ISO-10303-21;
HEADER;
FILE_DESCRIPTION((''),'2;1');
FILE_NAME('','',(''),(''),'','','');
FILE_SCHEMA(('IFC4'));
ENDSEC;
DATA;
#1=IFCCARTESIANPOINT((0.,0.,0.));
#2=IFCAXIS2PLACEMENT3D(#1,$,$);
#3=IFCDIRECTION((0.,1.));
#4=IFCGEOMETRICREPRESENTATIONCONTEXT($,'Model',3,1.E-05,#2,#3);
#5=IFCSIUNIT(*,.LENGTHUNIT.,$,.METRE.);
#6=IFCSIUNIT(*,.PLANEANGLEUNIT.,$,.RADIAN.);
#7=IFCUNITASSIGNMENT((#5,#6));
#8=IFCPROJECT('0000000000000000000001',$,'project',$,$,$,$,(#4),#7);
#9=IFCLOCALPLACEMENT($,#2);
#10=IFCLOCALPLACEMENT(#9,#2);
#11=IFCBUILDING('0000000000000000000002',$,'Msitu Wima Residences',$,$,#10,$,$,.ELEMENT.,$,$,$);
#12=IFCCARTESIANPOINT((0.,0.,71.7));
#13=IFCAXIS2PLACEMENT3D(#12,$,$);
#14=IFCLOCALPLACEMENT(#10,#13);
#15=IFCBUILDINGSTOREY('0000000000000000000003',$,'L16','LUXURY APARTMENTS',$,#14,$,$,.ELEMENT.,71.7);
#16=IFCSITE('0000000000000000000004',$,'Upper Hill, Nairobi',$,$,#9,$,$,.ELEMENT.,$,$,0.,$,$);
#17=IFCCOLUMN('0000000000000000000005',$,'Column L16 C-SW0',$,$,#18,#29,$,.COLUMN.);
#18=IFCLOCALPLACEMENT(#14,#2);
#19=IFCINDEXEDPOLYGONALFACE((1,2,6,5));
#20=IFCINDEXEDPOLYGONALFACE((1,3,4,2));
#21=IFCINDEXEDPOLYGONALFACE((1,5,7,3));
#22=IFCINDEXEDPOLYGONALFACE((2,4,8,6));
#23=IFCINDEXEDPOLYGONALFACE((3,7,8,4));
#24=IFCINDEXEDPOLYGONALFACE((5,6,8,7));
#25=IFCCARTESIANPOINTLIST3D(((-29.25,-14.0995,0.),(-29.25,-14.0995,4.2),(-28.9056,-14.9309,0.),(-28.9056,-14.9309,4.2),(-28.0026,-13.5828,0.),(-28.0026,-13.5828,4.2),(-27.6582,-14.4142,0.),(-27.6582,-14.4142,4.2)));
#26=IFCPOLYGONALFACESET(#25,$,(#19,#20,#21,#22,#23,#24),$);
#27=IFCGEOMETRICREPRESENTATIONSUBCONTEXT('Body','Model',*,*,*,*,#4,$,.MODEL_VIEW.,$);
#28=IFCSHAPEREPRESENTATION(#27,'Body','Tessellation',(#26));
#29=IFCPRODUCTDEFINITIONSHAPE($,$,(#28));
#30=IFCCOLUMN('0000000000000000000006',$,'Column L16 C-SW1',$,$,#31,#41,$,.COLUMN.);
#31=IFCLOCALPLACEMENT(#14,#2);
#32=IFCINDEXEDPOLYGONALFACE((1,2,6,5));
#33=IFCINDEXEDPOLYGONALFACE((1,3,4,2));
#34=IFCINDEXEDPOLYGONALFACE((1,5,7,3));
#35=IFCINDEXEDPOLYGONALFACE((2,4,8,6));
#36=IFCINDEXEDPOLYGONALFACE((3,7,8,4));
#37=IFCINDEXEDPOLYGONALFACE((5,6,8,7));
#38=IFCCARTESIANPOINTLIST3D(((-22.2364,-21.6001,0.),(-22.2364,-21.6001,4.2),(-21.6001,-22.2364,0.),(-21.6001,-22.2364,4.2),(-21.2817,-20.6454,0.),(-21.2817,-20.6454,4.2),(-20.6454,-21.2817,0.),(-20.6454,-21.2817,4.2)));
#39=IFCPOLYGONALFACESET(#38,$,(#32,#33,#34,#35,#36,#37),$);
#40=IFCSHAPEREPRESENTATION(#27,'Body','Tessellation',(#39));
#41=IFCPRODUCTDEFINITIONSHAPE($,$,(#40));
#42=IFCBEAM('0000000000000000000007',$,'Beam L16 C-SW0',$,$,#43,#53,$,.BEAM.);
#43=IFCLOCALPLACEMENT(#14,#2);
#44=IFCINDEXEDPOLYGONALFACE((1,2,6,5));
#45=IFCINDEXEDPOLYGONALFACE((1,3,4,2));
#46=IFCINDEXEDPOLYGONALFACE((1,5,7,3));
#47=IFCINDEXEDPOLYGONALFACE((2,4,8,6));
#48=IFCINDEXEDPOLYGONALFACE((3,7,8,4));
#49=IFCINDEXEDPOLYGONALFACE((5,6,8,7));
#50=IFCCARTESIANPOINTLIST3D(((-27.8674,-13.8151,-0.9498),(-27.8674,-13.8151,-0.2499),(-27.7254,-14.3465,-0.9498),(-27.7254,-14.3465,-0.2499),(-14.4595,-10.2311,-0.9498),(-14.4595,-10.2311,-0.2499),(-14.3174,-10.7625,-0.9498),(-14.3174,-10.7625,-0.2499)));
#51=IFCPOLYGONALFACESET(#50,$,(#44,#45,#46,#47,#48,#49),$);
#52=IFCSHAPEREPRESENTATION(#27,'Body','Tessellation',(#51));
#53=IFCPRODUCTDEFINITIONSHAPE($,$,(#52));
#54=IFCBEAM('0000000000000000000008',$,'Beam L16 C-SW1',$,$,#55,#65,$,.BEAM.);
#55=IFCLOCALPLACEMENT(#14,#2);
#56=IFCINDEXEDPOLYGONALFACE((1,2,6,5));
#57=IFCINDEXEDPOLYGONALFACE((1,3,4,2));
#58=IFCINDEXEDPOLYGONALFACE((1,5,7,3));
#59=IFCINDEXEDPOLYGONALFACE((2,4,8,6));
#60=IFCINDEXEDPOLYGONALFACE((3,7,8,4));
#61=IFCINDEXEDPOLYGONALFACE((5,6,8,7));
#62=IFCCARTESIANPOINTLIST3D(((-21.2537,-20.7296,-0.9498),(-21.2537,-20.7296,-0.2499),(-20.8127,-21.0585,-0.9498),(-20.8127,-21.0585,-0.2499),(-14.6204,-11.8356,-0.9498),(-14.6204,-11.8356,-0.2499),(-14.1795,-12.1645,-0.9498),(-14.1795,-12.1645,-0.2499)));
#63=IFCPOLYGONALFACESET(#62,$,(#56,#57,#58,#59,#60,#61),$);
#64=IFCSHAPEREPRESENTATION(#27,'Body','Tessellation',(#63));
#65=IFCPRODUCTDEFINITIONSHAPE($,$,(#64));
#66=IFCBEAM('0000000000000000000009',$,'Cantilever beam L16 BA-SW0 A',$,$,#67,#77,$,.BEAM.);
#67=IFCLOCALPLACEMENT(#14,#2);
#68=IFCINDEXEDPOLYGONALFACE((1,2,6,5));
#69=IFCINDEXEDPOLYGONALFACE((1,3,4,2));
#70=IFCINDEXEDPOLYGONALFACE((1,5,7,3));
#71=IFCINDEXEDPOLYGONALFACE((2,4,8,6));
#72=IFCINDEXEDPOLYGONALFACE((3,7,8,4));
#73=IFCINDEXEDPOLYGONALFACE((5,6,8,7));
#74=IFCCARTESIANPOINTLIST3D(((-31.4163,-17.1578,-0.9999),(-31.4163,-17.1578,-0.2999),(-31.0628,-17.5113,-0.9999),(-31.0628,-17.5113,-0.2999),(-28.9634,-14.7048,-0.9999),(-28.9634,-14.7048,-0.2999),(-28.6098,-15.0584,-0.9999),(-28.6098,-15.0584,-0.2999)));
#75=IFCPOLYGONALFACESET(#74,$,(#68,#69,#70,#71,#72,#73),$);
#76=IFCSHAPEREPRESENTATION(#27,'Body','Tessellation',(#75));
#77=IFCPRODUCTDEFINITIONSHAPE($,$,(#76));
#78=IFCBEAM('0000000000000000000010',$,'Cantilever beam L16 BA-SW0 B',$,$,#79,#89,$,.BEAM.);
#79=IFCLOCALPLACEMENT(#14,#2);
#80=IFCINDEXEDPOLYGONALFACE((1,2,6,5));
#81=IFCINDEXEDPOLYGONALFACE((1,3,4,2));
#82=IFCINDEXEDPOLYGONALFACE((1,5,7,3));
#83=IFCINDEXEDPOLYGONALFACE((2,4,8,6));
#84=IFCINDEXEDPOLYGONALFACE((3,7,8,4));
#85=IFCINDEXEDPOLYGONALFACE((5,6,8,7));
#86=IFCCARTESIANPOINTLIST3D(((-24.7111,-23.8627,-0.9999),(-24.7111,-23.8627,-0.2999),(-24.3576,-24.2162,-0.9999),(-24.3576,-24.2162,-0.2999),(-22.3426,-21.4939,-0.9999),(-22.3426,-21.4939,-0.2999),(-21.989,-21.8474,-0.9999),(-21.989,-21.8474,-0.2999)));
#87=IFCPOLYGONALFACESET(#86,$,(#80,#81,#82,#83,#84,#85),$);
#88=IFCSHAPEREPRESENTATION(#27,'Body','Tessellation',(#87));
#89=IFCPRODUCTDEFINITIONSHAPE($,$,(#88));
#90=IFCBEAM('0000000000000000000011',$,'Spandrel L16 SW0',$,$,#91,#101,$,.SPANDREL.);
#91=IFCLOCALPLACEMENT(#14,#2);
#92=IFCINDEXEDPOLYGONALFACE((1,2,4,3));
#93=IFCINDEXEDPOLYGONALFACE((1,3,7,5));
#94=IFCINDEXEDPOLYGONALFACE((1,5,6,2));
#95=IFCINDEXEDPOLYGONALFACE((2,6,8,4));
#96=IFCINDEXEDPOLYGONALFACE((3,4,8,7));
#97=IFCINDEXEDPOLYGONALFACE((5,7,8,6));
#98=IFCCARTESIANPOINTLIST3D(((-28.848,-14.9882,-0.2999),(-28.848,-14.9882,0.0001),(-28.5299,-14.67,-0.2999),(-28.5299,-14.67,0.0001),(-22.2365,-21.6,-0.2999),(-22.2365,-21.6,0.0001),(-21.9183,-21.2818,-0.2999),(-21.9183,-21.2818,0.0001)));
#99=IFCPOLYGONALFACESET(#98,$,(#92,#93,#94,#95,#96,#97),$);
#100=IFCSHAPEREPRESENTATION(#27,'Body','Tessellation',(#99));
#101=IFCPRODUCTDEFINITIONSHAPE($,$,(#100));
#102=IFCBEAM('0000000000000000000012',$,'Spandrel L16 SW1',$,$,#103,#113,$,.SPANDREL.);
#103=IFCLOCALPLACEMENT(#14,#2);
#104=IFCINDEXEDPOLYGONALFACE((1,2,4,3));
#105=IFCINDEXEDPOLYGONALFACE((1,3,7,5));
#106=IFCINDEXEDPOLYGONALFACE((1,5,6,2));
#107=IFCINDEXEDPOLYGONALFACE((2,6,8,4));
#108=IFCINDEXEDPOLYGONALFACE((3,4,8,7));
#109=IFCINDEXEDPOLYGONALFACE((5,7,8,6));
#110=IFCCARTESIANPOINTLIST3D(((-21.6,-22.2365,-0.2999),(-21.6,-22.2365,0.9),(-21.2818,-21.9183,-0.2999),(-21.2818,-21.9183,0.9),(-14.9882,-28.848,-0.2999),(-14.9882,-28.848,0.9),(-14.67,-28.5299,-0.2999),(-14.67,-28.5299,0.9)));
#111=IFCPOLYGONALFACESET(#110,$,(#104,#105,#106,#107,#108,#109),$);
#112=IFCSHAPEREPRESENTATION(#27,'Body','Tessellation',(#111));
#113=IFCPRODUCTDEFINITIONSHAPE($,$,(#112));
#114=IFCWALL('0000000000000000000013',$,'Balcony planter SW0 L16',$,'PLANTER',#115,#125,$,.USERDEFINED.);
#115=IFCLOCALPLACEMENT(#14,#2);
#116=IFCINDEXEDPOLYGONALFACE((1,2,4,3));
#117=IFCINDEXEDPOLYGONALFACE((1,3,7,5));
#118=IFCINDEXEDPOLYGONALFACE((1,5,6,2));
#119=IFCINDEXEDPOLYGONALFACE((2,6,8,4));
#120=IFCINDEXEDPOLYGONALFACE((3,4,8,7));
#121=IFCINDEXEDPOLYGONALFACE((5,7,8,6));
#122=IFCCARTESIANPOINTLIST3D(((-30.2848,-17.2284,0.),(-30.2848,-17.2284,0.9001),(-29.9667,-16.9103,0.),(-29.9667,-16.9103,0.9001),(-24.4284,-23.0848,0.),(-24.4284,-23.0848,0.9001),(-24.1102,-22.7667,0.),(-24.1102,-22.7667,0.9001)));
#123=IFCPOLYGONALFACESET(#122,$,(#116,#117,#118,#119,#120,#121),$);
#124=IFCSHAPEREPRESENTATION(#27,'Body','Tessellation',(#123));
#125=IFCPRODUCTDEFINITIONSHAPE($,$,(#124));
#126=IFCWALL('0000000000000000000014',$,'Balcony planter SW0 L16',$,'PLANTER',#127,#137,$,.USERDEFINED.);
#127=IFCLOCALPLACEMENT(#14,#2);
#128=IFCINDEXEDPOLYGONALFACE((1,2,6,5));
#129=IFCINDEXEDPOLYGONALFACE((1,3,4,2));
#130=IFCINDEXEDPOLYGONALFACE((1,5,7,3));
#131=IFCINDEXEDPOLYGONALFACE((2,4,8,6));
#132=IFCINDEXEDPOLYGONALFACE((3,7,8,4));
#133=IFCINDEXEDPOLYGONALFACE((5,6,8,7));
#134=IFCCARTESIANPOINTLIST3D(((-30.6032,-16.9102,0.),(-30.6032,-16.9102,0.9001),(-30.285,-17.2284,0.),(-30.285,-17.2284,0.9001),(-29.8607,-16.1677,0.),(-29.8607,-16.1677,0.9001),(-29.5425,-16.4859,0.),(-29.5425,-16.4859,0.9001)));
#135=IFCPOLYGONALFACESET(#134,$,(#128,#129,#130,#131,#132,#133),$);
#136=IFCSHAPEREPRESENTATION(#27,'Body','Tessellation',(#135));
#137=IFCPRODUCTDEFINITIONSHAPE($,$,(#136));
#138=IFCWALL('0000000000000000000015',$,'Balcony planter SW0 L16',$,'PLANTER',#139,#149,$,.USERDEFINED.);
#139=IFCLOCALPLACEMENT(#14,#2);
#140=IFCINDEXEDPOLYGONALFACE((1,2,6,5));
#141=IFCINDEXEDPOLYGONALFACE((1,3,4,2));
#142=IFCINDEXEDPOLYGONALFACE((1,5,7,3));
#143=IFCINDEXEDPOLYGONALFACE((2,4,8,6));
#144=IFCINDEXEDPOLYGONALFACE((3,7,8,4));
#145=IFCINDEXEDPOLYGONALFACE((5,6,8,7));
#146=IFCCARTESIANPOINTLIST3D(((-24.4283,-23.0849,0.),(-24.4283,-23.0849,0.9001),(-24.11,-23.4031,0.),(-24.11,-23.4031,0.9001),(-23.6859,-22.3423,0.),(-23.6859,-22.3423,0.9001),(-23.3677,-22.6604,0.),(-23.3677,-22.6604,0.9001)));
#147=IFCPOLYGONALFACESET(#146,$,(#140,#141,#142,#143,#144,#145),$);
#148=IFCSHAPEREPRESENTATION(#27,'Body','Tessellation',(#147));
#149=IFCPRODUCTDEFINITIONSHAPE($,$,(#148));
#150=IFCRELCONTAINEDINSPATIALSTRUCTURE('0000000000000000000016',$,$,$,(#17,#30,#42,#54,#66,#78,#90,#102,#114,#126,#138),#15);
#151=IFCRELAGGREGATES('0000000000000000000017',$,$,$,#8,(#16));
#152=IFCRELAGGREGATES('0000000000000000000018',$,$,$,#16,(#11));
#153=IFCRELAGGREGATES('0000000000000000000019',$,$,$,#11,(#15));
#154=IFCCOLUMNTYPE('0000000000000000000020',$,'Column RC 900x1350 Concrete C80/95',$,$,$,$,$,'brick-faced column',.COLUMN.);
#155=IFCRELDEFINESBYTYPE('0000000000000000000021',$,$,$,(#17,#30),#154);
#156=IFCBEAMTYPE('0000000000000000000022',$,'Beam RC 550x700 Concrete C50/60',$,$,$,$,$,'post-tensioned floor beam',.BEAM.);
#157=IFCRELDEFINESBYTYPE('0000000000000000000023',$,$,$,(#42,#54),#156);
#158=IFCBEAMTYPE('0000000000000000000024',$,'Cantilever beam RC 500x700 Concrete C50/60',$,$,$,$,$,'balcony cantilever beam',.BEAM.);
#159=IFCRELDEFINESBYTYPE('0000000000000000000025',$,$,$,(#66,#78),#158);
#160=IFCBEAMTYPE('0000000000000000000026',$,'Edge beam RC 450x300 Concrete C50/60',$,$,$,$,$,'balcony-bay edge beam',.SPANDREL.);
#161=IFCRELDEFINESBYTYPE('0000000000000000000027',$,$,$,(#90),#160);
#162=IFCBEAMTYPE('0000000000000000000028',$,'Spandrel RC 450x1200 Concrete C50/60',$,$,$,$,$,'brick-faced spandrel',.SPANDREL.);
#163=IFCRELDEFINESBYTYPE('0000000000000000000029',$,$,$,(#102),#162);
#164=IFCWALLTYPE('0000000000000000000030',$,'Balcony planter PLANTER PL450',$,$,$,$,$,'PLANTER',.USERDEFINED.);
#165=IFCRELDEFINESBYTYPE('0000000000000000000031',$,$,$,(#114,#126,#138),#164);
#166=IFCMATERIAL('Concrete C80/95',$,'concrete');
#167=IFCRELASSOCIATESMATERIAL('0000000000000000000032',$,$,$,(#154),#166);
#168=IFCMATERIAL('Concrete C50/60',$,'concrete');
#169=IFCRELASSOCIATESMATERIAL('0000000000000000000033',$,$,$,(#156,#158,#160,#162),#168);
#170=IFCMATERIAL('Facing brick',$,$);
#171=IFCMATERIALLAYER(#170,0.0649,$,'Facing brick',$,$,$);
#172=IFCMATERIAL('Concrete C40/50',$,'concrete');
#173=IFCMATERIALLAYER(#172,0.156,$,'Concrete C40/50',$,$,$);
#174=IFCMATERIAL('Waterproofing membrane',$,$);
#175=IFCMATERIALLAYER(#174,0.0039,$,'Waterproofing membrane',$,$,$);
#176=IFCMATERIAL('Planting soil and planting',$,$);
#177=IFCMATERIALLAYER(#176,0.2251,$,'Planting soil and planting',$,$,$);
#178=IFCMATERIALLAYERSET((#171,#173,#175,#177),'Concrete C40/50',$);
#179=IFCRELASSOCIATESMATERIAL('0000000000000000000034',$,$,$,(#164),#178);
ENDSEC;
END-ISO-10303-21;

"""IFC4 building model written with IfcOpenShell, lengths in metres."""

from ifc_helpers import new_model, si_unit, direction, frame, frame_2d, origin, origin_2d, place, context, subcontext, project, spatial, rectangle, extrude, material, layer, layer_set, material_profile, profile_set, type_object, element, save


model = new_model("IFC4")

# Units and contexts
model_context = context("Model", 3, precision=1e-05, world=origin(), true_north=direction((0.0, 1.0)))
body_context = subcontext(model_context, "Body", "Model", "MODEL_VIEW")
ifc_project = project(units=[si_unit("LENGTHUNIT", "METRE"), si_unit("PLANEANGLEUNIT", "RADIAN")], contexts=[model_context])

# Site, building, storey
site_placement = place(None, origin())
site = spatial("IfcSite", under=ifc_project, at=site_placement, Name="Upper Hill, Nairobi", CompositionType="ELEMENT", RefElevation=0.0)
building_placement = place(site_placement, origin())
building = spatial("IfcBuilding", under=site, at=building_placement, Name="Msitu Wima Residences", CompositionType="ELEMENT")
storey_placement = place(building_placement, frame((0.0, 0.0, 71.7)))
storey = spatial("IfcBuildingStorey", under=building, at=storey_placement, Name="L16", Description="LUXURY APARTMENTS", CompositionType="ELEMENT", Elevation=71.7)

# Columns
ifc_material_1 = material(Name="Concrete C80/95", Category="concrete")
ifc_material_profile_1 = material_profile(ifc_material_1, rectangle(XDim=0.8999, YDim=1.3501, at=origin_2d()), Name="RC 900x1350")
ifc_profile_set_1 = profile_set([ifc_material_profile_1], Name="Concrete C80/95")
column_type = type_object("IfcColumnType", Name="Column RC 900x1350 Concrete C80/95", ElementType="brick-faced column", PredefinedType="COLUMN", material=ifc_profile_set_1)
for number, where, z_axis, x_axis, name in (
    (1, (-28.4541, -14.2568, 0.0), (0.0, 0.0, 1.0), (0.382683, -0.92388, 0.0), "Column L16 C-SW0"),
    (2, (-21.4409, -21.4409, 0.0), (0.0, 0.0, 1.0), (0.707107, -0.707107, 0.0), "Column L16 C-SW1"),
):
    element("IfcColumn", number, at=place(storey_placement, frame(where, z_axis=z_axis, x_axis=x_axis)), inside=storey, type_object=column_type, Name=name, PredefinedType="COLUMN", context=body_context, shape_type="SweptSolid", body=[
        extrude(rectangle(XDim=0.8999, YDim=1.3501, at=origin_2d()), origin(), (0.0, 0.0, 1.0), 4.2),
    ])

# Beams
ifc_material_2 = material(Name="Concrete C50/60", Category="concrete")
ifc_material_profile_2 = material_profile(ifc_material_2, rectangle(XDim=0.55, YDim=0.7, at=origin_2d()), Name="RC 550x700")
ifc_profile_set_2 = profile_set([ifc_material_profile_2], Name="Concrete C50/60")
beam_type_1 = type_object("IfcBeamType", Name="Beam RC 550x700 Concrete C50/60", ElementType="post-tensioned floor beam", PredefinedType="BEAM", material=ifc_profile_set_2)
beam_1_placement = place(storey_placement, frame((-27.7964, -14.0808, -0.5999), z_axis=(0.966082, 0.258236, 0.0), x_axis=(-0.258236, 0.966082, 0.0)))
element("IfcBeam", 3, at=beam_1_placement, inside=storey, type_object=beam_type_1, Name="Beam L16 C-SW0", PredefinedType="BEAM", context=body_context, shape_type="SweptSolid", body=[
    extrude(rectangle(XDim=0.55, YDim=0.7, at=origin_2d()), origin(), (0.0, 0.0, 1.0), 13.8787),
])
beam_2_placement = place(storey_placement, frame((-21.0332, -20.894, -0.5999), z_axis=(0.59785, 0.801608, 0.0), x_axis=(-0.801608, 0.59785, 0.0)))
element("IfcBeam", 4, at=beam_2_placement, inside=storey, type_object=beam_type_1, Name="Beam L16 C-SW1", PredefinedType="BEAM", context=body_context, shape_type="SweptSolid", body=[
    extrude(rectangle(XDim=0.55, YDim=0.7, at=origin_2d()), origin(), (0.0, 0.0, 1.0), 11.0952),
])
ifc_material_profile_3 = material_profile(ifc_material_2, rectangle(XDim=0.5, YDim=0.7, at=origin_2d()), Name="RC 500x700")
ifc_profile_set_3 = profile_set([ifc_material_profile_3], Name="Concrete C50/60")
beam_type_2 = type_object("IfcBeamType", Name="Cantilever beam RC 500x700 Concrete C50/60", ElementType="balcony cantilever beam", PredefinedType="BEAM", material=ifc_profile_set_3)
beam_3_placement = place(storey_placement, frame((-28.7866, -14.8816, -0.6499), z_axis=(-0.707107, -0.707107, 0.0), x_axis=(0.707107, -0.707107, 0.0)))
element("IfcBeam", 5, at=beam_3_placement, inside=storey, type_object=beam_type_2, Name="Cantilever beam L16 BA-SW0 A", PredefinedType="BEAM", context=body_context, shape_type="SweptSolid", body=[
    extrude(rectangle(XDim=0.5, YDim=0.7, at=origin_2d()), origin(), (0.0, 0.0, 1.0), 3.469),
])
beam_4_placement = place(storey_placement, frame((-22.1658, -21.6707, -0.6499), z_axis=(-0.70707, -0.707143, 0.0), x_axis=(0.707143, -0.70707, 0.0)))
element("IfcBeam", 6, at=beam_4_placement, inside=storey, type_object=beam_type_2, Name="Cantilever beam L16 BA-SW0 B", PredefinedType="BEAM", context=body_context, shape_type="SweptSolid", body=[
    extrude(rectangle(XDim=0.5, YDim=0.7, at=origin_2d()), origin(), (0.0, 0.0, 1.0), 3.3499),
])
ifc_material_profile_4 = material_profile(ifc_material_2, rectangle(XDim=0.45, YDim=0.3, at=origin_2d()), Name="RC 450x300")
ifc_profile_set_4 = profile_set([ifc_material_profile_4], Name="Concrete C50/60")
beam_type_3 = type_object("IfcBeamType", Name="Edge beam RC 450x300 Concrete C50/60", ElementType="balcony-bay edge beam", PredefinedType="SPANDREL", material=ifc_profile_set_4)
beam_5_placement = place(storey_placement, frame((-28.689, -14.8291, -0.1499), z_axis=(0.707094, -0.70712, 0.0), x_axis=(0.70712, 0.707094, 0.0)))
element("IfcBeam", 7, at=beam_5_placement, inside=storey, type_object=beam_type_3, Name="Spandrel L16 SW0", PredefinedType="SPANDREL", context=body_context, shape_type="SweptSolid", body=[
    extrude(rectangle(XDim=0.45, YDim=0.3, at=origin_2d()), origin(), (0.0, 0.0, 1.0), 9.3503),
])
ifc_material_profile_5 = material_profile(ifc_material_2, rectangle(XDim=0.45, YDim=1.2, at=origin_2d()), Name="RC 450x1200")
ifc_profile_set_5 = profile_set([ifc_material_profile_5], Name="Concrete C50/60")
beam_type_4 = type_object("IfcBeamType", Name="Spandrel RC 450x1200 Concrete C50/60", ElementType="brick-faced spandrel", PredefinedType="SPANDREL", material=ifc_profile_set_5)
beam_6_placement = place(storey_placement, frame((-21.4409, -22.0774, 0.3), z_axis=(0.70712, -0.707094, 0.0), x_axis=(0.707094, 0.70712, 0.0)))
element("IfcBeam", 8, at=beam_6_placement, inside=storey, type_object=beam_type_4, Name="Spandrel L16 SW1", PredefinedType="SPANDREL", context=body_context, shape_type="SweptSolid", body=[
    extrude(rectangle(XDim=0.45, YDim=1.2, at=origin_2d()), origin(), (0.0, 0.0, 1.0), 9.3503),
])

# Walls
ifc_material_3 = material(Name="Facing brick")
ifc_layer_1 = layer(ifc_material_3, 0.0649, Name="Facing brick")
ifc_material_4 = material(Name="Concrete C40/50", Category="concrete")
ifc_layer_2 = layer(ifc_material_4, 0.156, Name="Concrete C40/50")
ifc_material_5 = material(Name="Waterproofing membrane")
ifc_layer_3 = layer(ifc_material_5, 0.0039, Name="Waterproofing membrane")
ifc_material_6 = material(Name="Planting soil and planting")
ifc_layer_4 = layer(ifc_material_6, 0.2251, Name="Planting soil and planting")
ifc_layer_set_1 = layer_set([ifc_layer_1, ifc_layer_2, ifc_layer_3, ifc_layer_4], Name="Concrete C40/50")
wall_type_1 = type_object("IfcWallType", Name="Balcony planter PLANTER PL450", ElementType="PLANTER", PredefinedType="USERDEFINED", material=ifc_layer_set_1)
wall_1_placement = place(storey_placement, frame((-30.1257, -17.0693, 0.0), z_axis=(0.0, 0.0, 1.0), x_axis=(0.707107, -0.707107, 0.0)))
element("IfcWall", 9, at=wall_1_placement, inside=storey, type_object=wall_type_1, Name="Balcony planter SW0 L16", ObjectType="PLANTER", PredefinedType="USERDEFINED", context=body_context, shape_type="SweptSolid", body=[
    extrude(rectangle(XDim=8.2822, YDim=0.45, at=frame_2d((4.1411, 0.0))), origin(), (0.0, 0.0, 1.0), 0.9001),
])
for number, where, z_axis, x_axis, name in (
    (10, (-29.7017, -16.3269, 0.0), (0.0, 0.0, 1.0), (-0.707107, -0.707107, 0.0), "Balcony planter SW0 L16"),
    (11, (-23.5269, -22.5015, 0.0), (0.0, 0.0, 1.0), (-0.706991, -0.707223, 0.0), "Balcony planter SW0 L16"),
):
    element("IfcWall", number, at=place(storey_placement, frame(where, z_axis=z_axis, x_axis=x_axis)), inside=storey, type_object=wall_type_1, Name=name, ObjectType="PLANTER", PredefinedType="USERDEFINED", context=body_context, shape_type="SweptSolid", body=[
        extrude(rectangle(XDim=1.05, YDim=0.45, at=frame_2d((0.5249, 0.0))), origin(), (0.0, 0.0, 1.0), 0.9001),
    ])

save(model, "model.ifc")
